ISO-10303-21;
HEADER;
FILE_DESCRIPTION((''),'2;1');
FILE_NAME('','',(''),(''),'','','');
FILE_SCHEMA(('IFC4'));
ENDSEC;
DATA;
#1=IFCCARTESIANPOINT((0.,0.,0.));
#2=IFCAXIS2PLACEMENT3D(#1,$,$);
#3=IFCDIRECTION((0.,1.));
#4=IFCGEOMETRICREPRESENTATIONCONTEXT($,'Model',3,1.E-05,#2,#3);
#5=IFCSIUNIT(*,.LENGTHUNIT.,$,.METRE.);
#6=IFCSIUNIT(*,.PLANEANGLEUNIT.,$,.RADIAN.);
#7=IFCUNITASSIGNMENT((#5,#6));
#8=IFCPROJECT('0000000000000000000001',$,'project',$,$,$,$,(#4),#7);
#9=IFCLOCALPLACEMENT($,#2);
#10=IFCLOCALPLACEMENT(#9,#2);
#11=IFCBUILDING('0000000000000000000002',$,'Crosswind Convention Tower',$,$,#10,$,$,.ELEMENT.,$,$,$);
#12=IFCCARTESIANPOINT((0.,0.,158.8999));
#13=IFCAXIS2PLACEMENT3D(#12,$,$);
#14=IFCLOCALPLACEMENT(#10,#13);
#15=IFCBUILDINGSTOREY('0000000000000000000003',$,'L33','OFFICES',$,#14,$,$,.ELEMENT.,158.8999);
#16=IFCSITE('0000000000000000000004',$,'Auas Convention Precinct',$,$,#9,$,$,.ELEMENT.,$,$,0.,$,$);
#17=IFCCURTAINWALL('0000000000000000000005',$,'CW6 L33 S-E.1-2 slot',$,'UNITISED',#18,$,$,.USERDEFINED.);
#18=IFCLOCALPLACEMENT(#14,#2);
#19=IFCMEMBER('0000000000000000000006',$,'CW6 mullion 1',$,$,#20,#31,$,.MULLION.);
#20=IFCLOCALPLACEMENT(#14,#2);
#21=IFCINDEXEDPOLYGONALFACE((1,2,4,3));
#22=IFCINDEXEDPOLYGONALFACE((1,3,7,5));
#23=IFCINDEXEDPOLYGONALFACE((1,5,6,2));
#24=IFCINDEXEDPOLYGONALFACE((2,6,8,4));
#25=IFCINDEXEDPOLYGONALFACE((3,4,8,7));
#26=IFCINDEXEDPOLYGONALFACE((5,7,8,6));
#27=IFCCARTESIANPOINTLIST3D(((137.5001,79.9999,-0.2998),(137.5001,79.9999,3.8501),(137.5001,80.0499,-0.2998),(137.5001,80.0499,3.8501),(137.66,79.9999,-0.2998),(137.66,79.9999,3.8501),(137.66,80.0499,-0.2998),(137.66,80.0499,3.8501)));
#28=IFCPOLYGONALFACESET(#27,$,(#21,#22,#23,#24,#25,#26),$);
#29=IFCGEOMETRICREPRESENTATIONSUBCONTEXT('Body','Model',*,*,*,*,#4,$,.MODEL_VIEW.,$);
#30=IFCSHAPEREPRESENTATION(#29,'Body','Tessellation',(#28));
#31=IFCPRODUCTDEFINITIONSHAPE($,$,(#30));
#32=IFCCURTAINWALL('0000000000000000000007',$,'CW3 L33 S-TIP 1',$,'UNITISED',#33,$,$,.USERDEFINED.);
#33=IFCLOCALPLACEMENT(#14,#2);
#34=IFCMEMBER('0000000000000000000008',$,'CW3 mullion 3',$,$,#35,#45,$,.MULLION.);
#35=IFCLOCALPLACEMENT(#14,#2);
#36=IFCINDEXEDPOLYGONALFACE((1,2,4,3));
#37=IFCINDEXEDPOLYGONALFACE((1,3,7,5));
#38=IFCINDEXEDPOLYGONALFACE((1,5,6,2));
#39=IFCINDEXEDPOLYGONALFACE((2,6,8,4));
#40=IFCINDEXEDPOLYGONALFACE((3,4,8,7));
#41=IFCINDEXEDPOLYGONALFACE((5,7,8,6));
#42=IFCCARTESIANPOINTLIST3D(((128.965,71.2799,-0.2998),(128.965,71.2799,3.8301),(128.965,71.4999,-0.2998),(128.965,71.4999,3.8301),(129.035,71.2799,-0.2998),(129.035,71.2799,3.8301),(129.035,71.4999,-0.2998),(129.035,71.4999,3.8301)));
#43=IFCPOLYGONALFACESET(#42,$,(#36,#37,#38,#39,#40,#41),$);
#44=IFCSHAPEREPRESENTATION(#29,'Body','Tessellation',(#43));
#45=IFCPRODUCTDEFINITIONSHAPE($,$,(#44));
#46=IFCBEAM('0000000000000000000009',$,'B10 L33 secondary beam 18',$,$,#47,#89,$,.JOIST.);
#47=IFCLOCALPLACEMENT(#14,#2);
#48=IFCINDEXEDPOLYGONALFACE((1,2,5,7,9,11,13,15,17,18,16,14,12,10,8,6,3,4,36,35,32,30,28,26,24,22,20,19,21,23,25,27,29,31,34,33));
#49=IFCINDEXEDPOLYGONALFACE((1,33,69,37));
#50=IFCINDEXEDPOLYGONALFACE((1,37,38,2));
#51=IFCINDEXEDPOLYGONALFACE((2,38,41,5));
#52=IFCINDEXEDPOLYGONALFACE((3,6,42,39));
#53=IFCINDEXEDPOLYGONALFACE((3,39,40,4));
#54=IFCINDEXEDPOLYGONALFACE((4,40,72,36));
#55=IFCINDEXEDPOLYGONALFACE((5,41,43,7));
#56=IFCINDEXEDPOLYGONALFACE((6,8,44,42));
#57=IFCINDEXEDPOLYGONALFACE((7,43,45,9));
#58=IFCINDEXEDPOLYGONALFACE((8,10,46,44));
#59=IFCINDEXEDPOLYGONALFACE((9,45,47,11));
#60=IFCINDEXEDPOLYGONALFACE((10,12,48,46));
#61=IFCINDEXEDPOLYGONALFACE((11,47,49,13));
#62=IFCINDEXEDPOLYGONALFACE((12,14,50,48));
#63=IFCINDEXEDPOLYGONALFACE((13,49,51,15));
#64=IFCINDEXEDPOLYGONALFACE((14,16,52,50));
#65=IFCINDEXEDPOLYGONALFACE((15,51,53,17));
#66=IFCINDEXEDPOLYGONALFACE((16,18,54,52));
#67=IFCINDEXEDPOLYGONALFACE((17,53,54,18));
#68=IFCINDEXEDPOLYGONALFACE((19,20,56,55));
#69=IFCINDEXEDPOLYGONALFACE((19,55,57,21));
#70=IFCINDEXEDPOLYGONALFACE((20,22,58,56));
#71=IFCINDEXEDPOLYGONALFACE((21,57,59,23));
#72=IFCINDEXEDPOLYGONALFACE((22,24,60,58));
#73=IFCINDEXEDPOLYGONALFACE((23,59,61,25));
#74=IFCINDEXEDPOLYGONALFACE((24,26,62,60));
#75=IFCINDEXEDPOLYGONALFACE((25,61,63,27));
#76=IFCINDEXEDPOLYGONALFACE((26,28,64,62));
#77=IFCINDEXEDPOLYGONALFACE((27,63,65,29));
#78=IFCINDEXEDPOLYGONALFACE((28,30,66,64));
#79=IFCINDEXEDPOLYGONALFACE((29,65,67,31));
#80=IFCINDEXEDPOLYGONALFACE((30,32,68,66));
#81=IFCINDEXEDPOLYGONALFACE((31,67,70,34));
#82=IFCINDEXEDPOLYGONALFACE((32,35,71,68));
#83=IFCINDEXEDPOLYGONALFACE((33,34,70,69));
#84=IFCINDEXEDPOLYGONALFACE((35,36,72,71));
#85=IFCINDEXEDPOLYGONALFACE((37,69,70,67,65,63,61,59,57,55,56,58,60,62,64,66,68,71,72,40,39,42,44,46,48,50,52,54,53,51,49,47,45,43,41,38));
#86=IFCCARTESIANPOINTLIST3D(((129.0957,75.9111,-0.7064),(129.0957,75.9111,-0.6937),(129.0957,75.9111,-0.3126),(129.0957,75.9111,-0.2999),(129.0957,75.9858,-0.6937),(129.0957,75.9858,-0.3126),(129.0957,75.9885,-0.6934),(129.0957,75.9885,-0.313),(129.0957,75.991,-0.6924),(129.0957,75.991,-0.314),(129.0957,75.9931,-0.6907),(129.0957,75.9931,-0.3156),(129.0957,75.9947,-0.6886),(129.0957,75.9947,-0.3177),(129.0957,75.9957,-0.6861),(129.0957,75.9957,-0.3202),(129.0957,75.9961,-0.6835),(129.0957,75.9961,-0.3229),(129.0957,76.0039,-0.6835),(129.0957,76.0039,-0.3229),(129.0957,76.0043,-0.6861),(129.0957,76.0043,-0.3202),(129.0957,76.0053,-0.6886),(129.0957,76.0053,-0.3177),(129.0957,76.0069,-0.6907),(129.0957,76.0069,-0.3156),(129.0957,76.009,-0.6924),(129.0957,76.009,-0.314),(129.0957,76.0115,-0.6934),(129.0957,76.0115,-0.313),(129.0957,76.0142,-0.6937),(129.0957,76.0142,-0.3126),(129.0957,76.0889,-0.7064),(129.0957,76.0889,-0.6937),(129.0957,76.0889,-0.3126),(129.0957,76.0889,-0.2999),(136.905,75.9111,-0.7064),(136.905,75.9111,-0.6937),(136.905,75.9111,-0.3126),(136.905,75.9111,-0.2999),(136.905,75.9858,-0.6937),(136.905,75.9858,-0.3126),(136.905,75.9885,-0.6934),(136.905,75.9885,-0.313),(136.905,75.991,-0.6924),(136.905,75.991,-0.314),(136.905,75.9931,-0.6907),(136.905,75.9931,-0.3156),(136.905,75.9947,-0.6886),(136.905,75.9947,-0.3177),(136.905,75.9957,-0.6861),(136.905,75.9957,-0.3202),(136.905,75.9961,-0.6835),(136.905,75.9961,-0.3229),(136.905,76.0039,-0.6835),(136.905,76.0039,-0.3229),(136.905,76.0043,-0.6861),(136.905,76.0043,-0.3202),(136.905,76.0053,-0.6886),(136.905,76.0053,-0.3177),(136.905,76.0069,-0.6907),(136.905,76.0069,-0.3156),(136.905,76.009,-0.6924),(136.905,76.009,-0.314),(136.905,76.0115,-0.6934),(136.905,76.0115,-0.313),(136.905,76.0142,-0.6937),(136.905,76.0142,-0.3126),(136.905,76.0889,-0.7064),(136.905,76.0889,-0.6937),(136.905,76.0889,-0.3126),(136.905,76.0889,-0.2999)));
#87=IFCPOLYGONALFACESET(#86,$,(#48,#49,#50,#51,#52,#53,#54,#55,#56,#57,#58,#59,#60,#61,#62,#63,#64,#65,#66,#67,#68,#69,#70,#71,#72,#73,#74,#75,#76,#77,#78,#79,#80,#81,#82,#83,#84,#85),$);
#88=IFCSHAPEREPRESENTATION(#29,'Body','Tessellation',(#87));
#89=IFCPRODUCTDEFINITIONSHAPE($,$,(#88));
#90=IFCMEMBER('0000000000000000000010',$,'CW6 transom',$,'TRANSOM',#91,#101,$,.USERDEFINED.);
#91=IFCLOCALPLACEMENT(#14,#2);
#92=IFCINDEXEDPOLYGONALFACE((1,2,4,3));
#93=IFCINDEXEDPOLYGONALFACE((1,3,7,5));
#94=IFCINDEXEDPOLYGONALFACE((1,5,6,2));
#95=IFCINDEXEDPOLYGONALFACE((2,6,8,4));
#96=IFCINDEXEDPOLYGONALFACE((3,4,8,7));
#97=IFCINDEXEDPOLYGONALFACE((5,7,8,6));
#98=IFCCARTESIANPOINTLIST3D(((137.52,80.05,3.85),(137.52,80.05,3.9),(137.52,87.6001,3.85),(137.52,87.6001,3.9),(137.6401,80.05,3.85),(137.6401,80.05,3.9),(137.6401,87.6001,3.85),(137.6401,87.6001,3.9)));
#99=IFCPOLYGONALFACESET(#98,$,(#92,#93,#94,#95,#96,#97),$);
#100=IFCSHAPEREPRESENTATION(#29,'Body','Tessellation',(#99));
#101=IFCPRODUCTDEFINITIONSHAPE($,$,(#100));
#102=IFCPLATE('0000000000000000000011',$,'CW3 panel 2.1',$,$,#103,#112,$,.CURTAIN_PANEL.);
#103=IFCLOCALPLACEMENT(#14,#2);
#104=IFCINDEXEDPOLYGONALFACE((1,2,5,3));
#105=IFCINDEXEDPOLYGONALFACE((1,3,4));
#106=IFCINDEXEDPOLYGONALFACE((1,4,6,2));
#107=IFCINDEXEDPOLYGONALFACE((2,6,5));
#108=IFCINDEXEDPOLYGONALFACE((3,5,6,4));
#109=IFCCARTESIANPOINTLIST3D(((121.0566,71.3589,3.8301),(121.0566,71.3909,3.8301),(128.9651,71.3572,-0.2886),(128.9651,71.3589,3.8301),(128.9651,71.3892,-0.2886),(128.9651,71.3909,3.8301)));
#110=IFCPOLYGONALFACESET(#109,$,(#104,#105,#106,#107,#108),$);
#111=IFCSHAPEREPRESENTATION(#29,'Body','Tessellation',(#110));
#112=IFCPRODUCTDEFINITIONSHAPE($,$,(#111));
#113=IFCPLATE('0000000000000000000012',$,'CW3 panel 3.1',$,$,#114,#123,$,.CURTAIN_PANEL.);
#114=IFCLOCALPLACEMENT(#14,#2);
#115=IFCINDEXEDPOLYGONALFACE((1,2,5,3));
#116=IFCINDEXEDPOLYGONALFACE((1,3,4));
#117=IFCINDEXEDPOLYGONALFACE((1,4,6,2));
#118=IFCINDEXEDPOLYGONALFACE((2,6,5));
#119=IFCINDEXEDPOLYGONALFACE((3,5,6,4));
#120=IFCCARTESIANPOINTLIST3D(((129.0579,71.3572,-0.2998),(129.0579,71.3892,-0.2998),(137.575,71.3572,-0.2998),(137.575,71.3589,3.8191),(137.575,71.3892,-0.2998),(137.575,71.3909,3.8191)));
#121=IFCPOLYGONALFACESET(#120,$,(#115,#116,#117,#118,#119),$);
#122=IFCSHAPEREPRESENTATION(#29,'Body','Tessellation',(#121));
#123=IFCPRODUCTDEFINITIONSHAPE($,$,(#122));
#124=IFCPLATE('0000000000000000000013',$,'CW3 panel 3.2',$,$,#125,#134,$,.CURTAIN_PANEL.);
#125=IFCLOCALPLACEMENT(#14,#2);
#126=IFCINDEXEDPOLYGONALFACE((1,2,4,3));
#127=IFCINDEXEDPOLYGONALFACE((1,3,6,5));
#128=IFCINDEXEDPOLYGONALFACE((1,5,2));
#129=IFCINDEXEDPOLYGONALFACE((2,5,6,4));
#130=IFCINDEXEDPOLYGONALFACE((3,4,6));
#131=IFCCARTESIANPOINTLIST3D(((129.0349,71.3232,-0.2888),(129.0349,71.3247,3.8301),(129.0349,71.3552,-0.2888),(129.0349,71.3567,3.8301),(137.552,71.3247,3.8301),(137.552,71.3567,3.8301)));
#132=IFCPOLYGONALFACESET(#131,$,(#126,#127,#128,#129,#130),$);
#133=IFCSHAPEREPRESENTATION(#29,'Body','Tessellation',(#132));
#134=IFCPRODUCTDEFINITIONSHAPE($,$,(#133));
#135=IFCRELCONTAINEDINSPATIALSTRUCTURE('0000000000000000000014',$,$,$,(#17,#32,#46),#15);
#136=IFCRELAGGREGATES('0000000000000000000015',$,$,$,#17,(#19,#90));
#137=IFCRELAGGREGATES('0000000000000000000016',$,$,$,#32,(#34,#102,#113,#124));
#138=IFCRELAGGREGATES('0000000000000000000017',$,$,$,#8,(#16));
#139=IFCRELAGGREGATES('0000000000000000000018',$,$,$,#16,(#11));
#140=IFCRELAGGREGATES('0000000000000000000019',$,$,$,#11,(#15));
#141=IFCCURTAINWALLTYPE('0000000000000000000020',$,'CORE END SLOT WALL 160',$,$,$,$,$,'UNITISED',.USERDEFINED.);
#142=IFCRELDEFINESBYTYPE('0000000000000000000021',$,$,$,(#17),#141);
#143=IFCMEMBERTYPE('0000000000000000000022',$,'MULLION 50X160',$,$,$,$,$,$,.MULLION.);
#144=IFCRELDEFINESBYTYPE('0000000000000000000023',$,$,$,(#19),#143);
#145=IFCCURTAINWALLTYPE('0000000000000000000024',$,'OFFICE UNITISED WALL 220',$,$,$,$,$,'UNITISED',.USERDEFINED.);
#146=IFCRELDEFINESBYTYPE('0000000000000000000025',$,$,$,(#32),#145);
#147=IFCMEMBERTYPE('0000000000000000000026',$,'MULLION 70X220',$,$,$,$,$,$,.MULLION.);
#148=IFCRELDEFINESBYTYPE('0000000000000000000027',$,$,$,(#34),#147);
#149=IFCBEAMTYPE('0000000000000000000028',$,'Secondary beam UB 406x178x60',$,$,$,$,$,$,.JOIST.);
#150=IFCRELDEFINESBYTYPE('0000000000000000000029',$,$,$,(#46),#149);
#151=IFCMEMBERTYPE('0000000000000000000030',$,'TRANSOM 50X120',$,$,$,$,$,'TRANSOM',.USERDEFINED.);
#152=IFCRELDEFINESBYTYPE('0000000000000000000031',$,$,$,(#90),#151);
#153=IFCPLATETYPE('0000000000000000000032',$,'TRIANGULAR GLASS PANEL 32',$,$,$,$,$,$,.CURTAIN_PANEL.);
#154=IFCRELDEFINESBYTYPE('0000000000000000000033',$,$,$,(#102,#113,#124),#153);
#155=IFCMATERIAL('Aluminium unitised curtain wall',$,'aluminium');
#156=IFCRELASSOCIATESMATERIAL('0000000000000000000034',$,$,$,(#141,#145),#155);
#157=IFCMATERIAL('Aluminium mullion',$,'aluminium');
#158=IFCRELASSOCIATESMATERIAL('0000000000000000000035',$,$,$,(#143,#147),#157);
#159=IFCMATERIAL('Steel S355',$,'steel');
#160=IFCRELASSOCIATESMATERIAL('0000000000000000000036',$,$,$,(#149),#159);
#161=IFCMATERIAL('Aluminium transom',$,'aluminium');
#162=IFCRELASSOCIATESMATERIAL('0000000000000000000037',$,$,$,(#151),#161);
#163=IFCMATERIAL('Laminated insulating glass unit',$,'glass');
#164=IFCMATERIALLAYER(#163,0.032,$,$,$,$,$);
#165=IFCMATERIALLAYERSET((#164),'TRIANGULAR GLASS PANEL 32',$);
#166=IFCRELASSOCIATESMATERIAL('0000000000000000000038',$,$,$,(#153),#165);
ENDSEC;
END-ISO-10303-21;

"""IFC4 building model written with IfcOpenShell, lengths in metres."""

from ifc_helpers import new_model, si_unit, direction, frame, origin, origin_2d, place, context, subcontext, project, spatial, polyline, rectangle, i_section, outline, extrude, material, layer, layer_set, material_profile, profile_set, type_object, element, aggregate, save


model = new_model("IFC4")

# Units and contexts
model_context = context("Model", 3, precision=1e-05, world=origin(), true_north=direction((0.0, 1.0)))
body_context = subcontext(model_context, "Body", "Model", "MODEL_VIEW")
ifc_project = project(units=[si_unit("LENGTHUNIT", "METRE"), si_unit("PLANEANGLEUNIT", "RADIAN")], contexts=[model_context])

# Site, building, storey
site_placement = place(None, origin())
site = spatial("IfcSite", under=ifc_project, at=site_placement, Name="Auas Convention Precinct", CompositionType="ELEMENT", RefElevation=0.0)
building_placement = place(site_placement, origin())
building = spatial("IfcBuilding", under=site, at=building_placement, Name="Crosswind Convention Tower", CompositionType="ELEMENT")
storey_placement = place(building_placement, frame((0.0, 0.0, 158.8999)))
storey = spatial("IfcBuildingStorey", under=building, at=storey_placement, Name="L33", Description="OFFICES", CompositionType="ELEMENT", Elevation=158.8999)

# Shared definitions
ifc_material_1 = material(Name="Steel S355", Category="steel")

# Curtain walls, members
ifc_material_2 = material(Name="Aluminium unitised curtain wall", Category="aluminium")
curtain_wall_type_1 = type_object("IfcCurtainWallType", Name="CORE END SLOT WALL 160", ElementType="UNITISED", PredefinedType="USERDEFINED", material=ifc_material_2)
curtain_wall_1_placement = place(storey_placement, origin())
curtain_wall_1 = element("IfcCurtainWall", 1, at=curtain_wall_1_placement, inside=storey, type_object=curtain_wall_type_1, Name="CW6 L33 S-E.1-2 slot", ObjectType="UNITISED", PredefinedType="USERDEFINED")
ifc_material_3 = material(Name="Aluminium mullion", Category="aluminium")
ifc_material_profile_1 = material_profile(ifc_material_3, rectangle(XDim=0.1599, YDim=0.05, at=origin_2d()), Name="AL 160X50")
ifc_profile_set_1 = profile_set([ifc_material_profile_1], Name="Aluminium mullion")
member_type_1 = type_object("IfcMemberType", Name="MULLION 50X160", PredefinedType="MULLION", material=ifc_profile_set_1)
member_1_placement = place(storey_placement, frame((137.5801, 80.0249, -0.2998), z_axis=(0.0, 0.0, 1.0), x_axis=(1.0, 0.0, 0.0)))
member_1 = element("IfcMember", 2, at=member_1_placement, type_object=member_type_1, Name="CW6 mullion 1", PredefinedType="MULLION", context=body_context, shape_type="SweptSolid", body=[
    extrude(rectangle(XDim=0.1599, YDim=0.05, at=origin_2d()), origin(), (0.0, 0.0, 1.0), 4.1499),
])
curtain_wall_type_2 = type_object("IfcCurtainWallType", Name="OFFICE UNITISED WALL 220", ElementType="UNITISED", PredefinedType="USERDEFINED", material=ifc_material_2)
curtain_wall_2_placement = place(storey_placement, origin())
curtain_wall_2 = element("IfcCurtainWall", 3, at=curtain_wall_2_placement, inside=storey, type_object=curtain_wall_type_2, Name="CW3 L33 S-TIP 1", ObjectType="UNITISED", PredefinedType="USERDEFINED")
ifc_material_profile_2 = material_profile(ifc_material_3, rectangle(XDim=0.22, YDim=0.0701, at=origin_2d()), Name="AL 220X70")
ifc_profile_set_2 = profile_set([ifc_material_profile_2], Name="Aluminium mullion")
member_type_2 = type_object("IfcMemberType", Name="MULLION 70X220", PredefinedType="MULLION", material=ifc_profile_set_2)
member_2_placement = place(storey_placement, frame((129.0, 71.3899, -0.2998), z_axis=(0.0, 0.0, 1.0), x_axis=(0.0, -1.0, 0.0)))
member_2 = element("IfcMember", 4, at=member_2_placement, type_object=member_type_2, Name="CW3 mullion 3", PredefinedType="MULLION", context=body_context, shape_type="SweptSolid", body=[
    extrude(rectangle(XDim=0.22, YDim=0.0701, at=origin_2d()), origin(), (0.0, 0.0, 1.0), 4.1299),
])

# Beam
ifc_material_profile_3 = material_profile(ifc_material_1, i_section(OverallWidth=0.1777, OverallDepth=0.4065, WebThickness=0.0078, FlangeThickness=0.0127, FilletRadius=0.0103, at=origin_2d()), Name="UB 406x178x60")
ifc_profile_set_3 = profile_set([ifc_material_profile_3], Name="Steel S355")
beam_type_1 = type_object("IfcBeamType", Name="Secondary beam UB 406x178x60", PredefinedType="JOIST", material=ifc_profile_set_3)
beam_1_placement = place(storey_placement, frame((129.0957, 76.0, -0.5032), z_axis=(1.0, 0.0, 0.0), x_axis=(0.0, 1.0, 0.0)))
element("IfcBeam", 5, at=beam_1_placement, inside=storey, type_object=beam_type_1, Name="B10 L33 secondary beam 18", PredefinedType="JOIST", context=body_context, shape_type="SweptSolid", body=[
    extrude(i_section(OverallWidth=0.1777, OverallDepth=0.4065, WebThickness=0.0078, FlangeThickness=0.0127, FilletRadius=0.0103, at=origin_2d()), origin(), (0.0, 0.0, 1.0), 7.8093),
])

# Member
ifc_material_4 = material(Name="Aluminium transom", Category="aluminium")
ifc_material_profile_4 = material_profile(ifc_material_4, rectangle(XDim=0.1201, YDim=0.05, at=origin_2d()), Name="AL 120X50")
ifc_profile_set_4 = profile_set([ifc_material_profile_4], Name="Aluminium transom")
member_type_3 = type_object("IfcMemberType", Name="TRANSOM 50X120", ElementType="TRANSOM", PredefinedType="USERDEFINED", material=ifc_profile_set_4)
member_3_placement = place(storey_placement, frame((137.5801, 80.05, 3.875), z_axis=(0.0, 1.0, 0.0), x_axis=(-1.0, 0.0, 0.0)))
member_3 = element("IfcMember", 6, at=member_3_placement, type_object=member_type_3, Name="CW6 transom", ObjectType="TRANSOM", PredefinedType="USERDEFINED", context=body_context, shape_type="SweptSolid", body=[
    extrude(rectangle(XDim=0.1201, YDim=0.05, at=origin_2d()), origin(), (0.0, 0.0, 1.0), 7.55),
])
aggregate(curtain_wall_1, [member_1, member_3])

# Plates
ifc_material_5 = material(Name="Laminated insulating glass unit", Category="glass")
ifc_layer_1 = layer(ifc_material_5, 0.032)
ifc_layer_set_1 = layer_set([ifc_layer_1], Name="TRIANGULAR GLASS PANEL 32")
plate_type = type_object("IfcPlateType", Name="TRIANGULAR GLASS PANEL 32", PredefinedType="CURTAIN_PANEL", material=ifc_layer_set_1)
plate_1_placement = place(storey_placement, frame((128.9651, 71.3589, 3.8301), z_axis=(0.0, -1.0, 0.000415), x_axis=(-1.0, 0.0, 0.0)))
plate_1 = element("IfcPlate", 7, at=plate_1_placement, type_object=plate_type, Name="CW3 panel 2.1", PredefinedType="CURTAIN_PANEL", context=body_context, shape_type="SweptSolid", body=[
    extrude(outline(polyline([(0.0, 0.0), (7.9084, 0.0), (0.0, 4.1187), (0.0, 0.0)])), origin(), (0.0, 0.0, -1.0), 0.032),
])
plate_2_placement = place(storey_placement, frame((137.575, 71.3572, -0.2998), z_axis=(0.0, -1.0, 0.000415), x_axis=(0.0, 0.000415, 1.0)))
plate_2 = element("IfcPlate", 8, at=plate_2_placement, type_object=plate_type, Name="CW3 panel 3.1", PredefinedType="CURTAIN_PANEL", context=body_context, shape_type="SweptSolid", body=[
    extrude(outline(polyline([(0.0, 0.0), (4.1189, 0.0), (0.0, 8.5171), (0.0, 0.0)])), origin(), (0.0, 0.0, -1.0), 0.032),
])
plate_3_placement = place(storey_placement, frame((129.0349, 71.3247, 3.8301), z_axis=(0.0, -1.0, 0.000356), x_axis=(0.0, -0.000356, -1.0)))
plate_3 = element("IfcPlate", 9, at=plate_3_placement, type_object=plate_type, Name="CW3 panel 3.2", PredefinedType="CURTAIN_PANEL", context=body_context, shape_type="SweptSolid", body=[
    extrude(outline(polyline([(0.0, 0.0), (4.1189, 0.0), (0.0, 8.5171), (0.0, 0.0)])), origin(), (0.0, 0.0, -1.0), 0.032),
])
aggregate(curtain_wall_2, [member_2, plate_1, plate_2, plate_3])

save(model, "model.ifc")
